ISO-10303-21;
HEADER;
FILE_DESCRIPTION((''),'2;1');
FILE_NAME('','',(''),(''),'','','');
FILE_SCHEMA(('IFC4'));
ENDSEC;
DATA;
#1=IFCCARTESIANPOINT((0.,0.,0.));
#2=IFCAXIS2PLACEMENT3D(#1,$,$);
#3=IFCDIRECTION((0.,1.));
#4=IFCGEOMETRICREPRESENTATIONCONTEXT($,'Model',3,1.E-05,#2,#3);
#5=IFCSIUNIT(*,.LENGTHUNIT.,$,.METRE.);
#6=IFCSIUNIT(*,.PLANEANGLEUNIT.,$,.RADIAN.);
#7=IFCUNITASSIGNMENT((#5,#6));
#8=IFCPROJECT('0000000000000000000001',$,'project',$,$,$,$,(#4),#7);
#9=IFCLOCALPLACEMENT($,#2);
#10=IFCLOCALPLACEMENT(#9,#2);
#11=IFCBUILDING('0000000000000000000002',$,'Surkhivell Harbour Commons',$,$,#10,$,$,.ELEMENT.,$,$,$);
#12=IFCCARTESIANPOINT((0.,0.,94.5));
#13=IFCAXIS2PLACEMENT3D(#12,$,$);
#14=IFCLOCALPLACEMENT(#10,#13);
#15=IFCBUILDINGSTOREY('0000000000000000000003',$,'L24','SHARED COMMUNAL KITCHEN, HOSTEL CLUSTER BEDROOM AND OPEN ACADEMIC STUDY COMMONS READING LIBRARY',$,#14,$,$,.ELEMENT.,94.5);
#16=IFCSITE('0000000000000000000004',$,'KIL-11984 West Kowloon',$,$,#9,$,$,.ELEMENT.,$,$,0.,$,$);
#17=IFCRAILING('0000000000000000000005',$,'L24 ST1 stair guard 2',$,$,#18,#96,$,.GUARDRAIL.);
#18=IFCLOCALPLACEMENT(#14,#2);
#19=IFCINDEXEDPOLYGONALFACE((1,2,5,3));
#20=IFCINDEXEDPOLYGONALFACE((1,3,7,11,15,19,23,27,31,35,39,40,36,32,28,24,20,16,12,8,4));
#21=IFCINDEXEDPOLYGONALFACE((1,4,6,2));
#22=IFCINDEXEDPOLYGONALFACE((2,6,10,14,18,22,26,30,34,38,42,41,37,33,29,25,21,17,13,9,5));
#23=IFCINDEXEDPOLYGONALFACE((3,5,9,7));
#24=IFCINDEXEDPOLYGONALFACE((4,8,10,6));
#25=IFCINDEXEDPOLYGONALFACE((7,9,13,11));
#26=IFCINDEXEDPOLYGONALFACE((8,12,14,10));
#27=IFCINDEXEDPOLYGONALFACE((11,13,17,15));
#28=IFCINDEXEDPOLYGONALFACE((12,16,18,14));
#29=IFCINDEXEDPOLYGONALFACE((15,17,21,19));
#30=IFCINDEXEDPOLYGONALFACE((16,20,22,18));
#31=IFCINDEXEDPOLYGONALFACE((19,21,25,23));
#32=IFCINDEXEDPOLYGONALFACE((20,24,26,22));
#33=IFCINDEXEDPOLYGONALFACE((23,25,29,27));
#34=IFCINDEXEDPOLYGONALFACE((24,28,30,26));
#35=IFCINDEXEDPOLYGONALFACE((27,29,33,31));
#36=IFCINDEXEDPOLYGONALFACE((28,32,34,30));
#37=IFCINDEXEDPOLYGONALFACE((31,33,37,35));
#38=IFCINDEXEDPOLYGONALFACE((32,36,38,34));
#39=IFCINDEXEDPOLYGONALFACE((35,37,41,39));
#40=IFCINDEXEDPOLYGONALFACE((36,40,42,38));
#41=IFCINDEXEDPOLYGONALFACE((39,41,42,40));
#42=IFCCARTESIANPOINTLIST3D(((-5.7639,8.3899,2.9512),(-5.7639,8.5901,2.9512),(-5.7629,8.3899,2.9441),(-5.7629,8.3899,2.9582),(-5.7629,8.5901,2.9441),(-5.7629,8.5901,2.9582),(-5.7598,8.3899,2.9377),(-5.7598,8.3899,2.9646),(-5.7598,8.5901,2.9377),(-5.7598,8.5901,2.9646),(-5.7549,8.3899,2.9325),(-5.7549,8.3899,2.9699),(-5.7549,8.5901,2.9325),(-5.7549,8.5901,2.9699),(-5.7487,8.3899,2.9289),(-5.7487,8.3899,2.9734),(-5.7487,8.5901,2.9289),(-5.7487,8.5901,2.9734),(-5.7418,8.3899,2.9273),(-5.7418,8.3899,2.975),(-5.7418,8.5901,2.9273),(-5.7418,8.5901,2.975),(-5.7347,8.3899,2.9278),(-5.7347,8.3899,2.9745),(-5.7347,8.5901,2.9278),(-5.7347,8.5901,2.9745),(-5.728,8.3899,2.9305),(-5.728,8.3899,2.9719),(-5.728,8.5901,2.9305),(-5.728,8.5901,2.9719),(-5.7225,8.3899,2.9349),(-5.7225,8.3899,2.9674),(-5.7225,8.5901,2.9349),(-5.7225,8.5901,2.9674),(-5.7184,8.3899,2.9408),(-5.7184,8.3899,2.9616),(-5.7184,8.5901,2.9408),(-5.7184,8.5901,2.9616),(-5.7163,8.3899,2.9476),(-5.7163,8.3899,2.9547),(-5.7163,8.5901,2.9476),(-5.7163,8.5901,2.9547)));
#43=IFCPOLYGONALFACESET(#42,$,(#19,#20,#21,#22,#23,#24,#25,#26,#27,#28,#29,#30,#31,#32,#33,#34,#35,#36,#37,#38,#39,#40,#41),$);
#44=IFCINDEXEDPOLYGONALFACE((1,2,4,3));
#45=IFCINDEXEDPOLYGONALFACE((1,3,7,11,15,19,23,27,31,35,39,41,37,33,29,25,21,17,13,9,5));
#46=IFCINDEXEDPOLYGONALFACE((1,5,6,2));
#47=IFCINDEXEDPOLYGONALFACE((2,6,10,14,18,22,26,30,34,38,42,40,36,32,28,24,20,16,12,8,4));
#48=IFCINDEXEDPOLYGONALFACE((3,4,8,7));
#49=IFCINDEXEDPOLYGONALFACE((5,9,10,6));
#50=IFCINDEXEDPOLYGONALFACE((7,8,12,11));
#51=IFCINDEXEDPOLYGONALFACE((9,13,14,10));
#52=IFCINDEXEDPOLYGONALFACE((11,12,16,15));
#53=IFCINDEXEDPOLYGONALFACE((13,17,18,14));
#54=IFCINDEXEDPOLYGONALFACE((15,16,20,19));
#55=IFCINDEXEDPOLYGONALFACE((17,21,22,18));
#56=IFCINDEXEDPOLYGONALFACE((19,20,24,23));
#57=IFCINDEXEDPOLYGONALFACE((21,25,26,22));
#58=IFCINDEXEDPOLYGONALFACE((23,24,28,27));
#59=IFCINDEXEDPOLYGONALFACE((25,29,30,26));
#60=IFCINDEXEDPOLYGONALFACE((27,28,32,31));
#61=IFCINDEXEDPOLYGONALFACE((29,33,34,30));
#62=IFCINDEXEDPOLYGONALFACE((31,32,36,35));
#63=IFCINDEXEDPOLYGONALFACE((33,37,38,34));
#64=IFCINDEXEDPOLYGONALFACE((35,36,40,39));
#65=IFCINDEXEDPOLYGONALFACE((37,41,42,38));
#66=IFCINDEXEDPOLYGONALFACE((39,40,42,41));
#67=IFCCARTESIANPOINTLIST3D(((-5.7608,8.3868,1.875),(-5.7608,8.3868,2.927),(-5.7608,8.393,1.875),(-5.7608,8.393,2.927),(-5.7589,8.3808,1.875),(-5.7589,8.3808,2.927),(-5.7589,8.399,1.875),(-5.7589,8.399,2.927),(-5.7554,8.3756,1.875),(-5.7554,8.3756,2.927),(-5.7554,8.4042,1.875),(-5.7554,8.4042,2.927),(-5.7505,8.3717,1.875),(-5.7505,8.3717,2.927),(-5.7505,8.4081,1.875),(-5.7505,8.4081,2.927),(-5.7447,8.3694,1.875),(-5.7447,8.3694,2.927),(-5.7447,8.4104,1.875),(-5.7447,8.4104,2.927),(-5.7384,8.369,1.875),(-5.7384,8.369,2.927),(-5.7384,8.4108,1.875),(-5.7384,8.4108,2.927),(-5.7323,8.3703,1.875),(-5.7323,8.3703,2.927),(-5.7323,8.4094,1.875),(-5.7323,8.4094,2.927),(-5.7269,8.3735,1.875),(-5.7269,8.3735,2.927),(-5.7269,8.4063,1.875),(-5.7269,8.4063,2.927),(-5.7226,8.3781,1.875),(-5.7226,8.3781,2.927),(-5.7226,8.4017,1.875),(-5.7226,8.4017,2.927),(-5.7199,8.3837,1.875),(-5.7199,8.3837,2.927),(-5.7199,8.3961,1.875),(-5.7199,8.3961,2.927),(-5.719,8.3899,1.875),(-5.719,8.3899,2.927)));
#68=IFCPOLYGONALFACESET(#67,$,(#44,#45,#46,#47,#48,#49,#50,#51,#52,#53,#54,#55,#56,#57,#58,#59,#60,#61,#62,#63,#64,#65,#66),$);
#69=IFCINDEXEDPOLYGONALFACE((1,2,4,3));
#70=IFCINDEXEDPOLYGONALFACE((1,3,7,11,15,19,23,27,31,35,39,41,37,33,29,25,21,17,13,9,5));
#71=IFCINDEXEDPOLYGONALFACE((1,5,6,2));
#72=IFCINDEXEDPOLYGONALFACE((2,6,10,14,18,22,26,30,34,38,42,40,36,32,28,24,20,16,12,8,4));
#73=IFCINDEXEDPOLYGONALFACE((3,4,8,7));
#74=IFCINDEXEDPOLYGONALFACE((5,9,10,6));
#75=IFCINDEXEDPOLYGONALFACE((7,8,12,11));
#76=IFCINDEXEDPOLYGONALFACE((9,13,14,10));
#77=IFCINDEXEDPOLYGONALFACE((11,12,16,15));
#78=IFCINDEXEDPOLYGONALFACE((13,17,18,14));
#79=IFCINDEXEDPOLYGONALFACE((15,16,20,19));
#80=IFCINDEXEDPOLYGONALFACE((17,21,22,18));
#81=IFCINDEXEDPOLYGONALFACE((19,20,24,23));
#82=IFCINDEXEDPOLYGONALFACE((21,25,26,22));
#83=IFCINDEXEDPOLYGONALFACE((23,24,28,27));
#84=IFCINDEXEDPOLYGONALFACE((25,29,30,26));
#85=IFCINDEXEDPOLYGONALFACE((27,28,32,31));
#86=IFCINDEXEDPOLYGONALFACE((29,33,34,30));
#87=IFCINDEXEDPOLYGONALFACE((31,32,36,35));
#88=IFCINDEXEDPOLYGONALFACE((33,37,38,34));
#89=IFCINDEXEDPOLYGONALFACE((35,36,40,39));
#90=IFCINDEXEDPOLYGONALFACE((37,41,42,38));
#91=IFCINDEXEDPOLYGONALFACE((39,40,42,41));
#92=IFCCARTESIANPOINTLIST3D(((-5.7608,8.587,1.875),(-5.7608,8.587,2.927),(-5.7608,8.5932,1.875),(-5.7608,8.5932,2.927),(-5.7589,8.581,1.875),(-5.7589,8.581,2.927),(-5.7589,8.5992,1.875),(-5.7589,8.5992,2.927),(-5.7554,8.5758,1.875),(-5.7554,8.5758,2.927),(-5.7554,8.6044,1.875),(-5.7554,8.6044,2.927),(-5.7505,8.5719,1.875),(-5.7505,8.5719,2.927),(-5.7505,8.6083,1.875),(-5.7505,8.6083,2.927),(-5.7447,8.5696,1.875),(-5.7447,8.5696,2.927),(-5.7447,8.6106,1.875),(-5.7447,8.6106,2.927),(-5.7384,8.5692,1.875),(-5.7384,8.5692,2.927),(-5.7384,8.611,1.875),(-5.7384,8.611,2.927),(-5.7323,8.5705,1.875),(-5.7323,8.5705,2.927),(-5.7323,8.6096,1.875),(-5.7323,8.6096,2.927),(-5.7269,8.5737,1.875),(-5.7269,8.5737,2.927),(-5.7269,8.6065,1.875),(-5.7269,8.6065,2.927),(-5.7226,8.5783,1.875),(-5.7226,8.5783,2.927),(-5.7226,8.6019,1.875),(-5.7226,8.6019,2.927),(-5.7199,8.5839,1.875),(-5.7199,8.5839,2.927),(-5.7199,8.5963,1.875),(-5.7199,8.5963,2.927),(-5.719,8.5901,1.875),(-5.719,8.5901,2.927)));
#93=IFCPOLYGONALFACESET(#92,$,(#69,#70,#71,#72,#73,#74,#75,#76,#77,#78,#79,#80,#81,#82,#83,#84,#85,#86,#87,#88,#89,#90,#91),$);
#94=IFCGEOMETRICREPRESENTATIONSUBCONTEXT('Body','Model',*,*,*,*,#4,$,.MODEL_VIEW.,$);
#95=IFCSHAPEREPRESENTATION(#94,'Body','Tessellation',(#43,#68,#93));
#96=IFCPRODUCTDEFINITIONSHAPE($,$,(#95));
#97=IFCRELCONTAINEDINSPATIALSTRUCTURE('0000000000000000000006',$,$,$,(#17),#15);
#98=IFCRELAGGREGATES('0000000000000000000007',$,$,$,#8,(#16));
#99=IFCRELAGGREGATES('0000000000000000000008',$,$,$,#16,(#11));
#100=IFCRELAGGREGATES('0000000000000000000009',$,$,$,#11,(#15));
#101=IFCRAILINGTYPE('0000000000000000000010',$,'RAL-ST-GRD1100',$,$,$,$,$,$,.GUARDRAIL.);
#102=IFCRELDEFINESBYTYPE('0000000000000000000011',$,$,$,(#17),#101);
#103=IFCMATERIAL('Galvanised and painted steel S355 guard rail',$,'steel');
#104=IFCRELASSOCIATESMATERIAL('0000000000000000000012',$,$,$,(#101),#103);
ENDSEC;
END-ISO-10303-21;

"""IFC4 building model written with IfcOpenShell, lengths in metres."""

from ifc_helpers import new_model, si_unit, direction, frame, origin, origin_2d, place, context, subcontext, project, spatial, circle, extrude, material, type_object, element, save


model = new_model("IFC4")

# Units and contexts
model_context = context("Model", 3, precision=1e-05, world=origin(), true_north=direction((0.0, 1.0)))
body_context = subcontext(model_context, "Body", "Model", "MODEL_VIEW")
ifc_project = project(units=[si_unit("LENGTHUNIT", "METRE"), si_unit("PLANEANGLEUNIT", "RADIAN")], contexts=[model_context])

# Site, building, storey
site_placement = place(None, origin())
site = spatial("IfcSite", under=ifc_project, at=site_placement, Name="KIL-11984 West Kowloon", CompositionType="ELEMENT", RefElevation=0.0)
building_placement = place(site_placement, origin())
building = spatial("IfcBuilding", under=site, at=building_placement, Name="Surkhivell Harbour Commons", CompositionType="ELEMENT")
storey_placement = place(building_placement, frame((0.0, 0.0, 94.5)))
storey = spatial("IfcBuildingStorey", under=building, at=storey_placement, Name="L24", Description="SHARED COMMUNAL KITCHEN, HOSTEL CLUSTER BEDROOM AND OPEN ACADEMIC STUDY COMMONS READING LIBRARY", CompositionType="ELEMENT", Elevation=94.5)

# Railing
ifc_material_1 = material(Name="Galvanised and painted steel S355 guard rail", Category="steel")
railing_type_1 = type_object("IfcRailingType", Name="RAL-ST-GRD1100", PredefinedType="GUARDRAIL", material=ifc_material_1)
railing_1_placement = place(storey_placement, frame((-5.74, 8.3899, 1.875)))
element("IfcRailing", 1, at=railing_1_placement, inside=storey, type_object=railing_type_1, Name="L24 ST1 stair guard 2", PredefinedType="GUARDRAIL", context=body_context, shape_type="SweptSolid", body=[
    extrude(circle(Radius=0.0239, at=origin_2d()), frame((0.0, 0.0, 1.0762), z_axis=(0.0, 1.0, 0.0), x_axis=(-1.0, 0.0, 0.0)), (0.0, 0.0, 1.0), 0.2002),
    extrude(circle(Radius=0.021, at=origin_2d()), origin(), (0.0, 0.0, 1.0), 1.052),
    extrude(circle(Radius=0.021, at=origin_2d()), frame((0.0, 0.2002, 0.0)), (0.0, 0.0, 1.0), 1.052),
])

save(model, "model.ifc")
